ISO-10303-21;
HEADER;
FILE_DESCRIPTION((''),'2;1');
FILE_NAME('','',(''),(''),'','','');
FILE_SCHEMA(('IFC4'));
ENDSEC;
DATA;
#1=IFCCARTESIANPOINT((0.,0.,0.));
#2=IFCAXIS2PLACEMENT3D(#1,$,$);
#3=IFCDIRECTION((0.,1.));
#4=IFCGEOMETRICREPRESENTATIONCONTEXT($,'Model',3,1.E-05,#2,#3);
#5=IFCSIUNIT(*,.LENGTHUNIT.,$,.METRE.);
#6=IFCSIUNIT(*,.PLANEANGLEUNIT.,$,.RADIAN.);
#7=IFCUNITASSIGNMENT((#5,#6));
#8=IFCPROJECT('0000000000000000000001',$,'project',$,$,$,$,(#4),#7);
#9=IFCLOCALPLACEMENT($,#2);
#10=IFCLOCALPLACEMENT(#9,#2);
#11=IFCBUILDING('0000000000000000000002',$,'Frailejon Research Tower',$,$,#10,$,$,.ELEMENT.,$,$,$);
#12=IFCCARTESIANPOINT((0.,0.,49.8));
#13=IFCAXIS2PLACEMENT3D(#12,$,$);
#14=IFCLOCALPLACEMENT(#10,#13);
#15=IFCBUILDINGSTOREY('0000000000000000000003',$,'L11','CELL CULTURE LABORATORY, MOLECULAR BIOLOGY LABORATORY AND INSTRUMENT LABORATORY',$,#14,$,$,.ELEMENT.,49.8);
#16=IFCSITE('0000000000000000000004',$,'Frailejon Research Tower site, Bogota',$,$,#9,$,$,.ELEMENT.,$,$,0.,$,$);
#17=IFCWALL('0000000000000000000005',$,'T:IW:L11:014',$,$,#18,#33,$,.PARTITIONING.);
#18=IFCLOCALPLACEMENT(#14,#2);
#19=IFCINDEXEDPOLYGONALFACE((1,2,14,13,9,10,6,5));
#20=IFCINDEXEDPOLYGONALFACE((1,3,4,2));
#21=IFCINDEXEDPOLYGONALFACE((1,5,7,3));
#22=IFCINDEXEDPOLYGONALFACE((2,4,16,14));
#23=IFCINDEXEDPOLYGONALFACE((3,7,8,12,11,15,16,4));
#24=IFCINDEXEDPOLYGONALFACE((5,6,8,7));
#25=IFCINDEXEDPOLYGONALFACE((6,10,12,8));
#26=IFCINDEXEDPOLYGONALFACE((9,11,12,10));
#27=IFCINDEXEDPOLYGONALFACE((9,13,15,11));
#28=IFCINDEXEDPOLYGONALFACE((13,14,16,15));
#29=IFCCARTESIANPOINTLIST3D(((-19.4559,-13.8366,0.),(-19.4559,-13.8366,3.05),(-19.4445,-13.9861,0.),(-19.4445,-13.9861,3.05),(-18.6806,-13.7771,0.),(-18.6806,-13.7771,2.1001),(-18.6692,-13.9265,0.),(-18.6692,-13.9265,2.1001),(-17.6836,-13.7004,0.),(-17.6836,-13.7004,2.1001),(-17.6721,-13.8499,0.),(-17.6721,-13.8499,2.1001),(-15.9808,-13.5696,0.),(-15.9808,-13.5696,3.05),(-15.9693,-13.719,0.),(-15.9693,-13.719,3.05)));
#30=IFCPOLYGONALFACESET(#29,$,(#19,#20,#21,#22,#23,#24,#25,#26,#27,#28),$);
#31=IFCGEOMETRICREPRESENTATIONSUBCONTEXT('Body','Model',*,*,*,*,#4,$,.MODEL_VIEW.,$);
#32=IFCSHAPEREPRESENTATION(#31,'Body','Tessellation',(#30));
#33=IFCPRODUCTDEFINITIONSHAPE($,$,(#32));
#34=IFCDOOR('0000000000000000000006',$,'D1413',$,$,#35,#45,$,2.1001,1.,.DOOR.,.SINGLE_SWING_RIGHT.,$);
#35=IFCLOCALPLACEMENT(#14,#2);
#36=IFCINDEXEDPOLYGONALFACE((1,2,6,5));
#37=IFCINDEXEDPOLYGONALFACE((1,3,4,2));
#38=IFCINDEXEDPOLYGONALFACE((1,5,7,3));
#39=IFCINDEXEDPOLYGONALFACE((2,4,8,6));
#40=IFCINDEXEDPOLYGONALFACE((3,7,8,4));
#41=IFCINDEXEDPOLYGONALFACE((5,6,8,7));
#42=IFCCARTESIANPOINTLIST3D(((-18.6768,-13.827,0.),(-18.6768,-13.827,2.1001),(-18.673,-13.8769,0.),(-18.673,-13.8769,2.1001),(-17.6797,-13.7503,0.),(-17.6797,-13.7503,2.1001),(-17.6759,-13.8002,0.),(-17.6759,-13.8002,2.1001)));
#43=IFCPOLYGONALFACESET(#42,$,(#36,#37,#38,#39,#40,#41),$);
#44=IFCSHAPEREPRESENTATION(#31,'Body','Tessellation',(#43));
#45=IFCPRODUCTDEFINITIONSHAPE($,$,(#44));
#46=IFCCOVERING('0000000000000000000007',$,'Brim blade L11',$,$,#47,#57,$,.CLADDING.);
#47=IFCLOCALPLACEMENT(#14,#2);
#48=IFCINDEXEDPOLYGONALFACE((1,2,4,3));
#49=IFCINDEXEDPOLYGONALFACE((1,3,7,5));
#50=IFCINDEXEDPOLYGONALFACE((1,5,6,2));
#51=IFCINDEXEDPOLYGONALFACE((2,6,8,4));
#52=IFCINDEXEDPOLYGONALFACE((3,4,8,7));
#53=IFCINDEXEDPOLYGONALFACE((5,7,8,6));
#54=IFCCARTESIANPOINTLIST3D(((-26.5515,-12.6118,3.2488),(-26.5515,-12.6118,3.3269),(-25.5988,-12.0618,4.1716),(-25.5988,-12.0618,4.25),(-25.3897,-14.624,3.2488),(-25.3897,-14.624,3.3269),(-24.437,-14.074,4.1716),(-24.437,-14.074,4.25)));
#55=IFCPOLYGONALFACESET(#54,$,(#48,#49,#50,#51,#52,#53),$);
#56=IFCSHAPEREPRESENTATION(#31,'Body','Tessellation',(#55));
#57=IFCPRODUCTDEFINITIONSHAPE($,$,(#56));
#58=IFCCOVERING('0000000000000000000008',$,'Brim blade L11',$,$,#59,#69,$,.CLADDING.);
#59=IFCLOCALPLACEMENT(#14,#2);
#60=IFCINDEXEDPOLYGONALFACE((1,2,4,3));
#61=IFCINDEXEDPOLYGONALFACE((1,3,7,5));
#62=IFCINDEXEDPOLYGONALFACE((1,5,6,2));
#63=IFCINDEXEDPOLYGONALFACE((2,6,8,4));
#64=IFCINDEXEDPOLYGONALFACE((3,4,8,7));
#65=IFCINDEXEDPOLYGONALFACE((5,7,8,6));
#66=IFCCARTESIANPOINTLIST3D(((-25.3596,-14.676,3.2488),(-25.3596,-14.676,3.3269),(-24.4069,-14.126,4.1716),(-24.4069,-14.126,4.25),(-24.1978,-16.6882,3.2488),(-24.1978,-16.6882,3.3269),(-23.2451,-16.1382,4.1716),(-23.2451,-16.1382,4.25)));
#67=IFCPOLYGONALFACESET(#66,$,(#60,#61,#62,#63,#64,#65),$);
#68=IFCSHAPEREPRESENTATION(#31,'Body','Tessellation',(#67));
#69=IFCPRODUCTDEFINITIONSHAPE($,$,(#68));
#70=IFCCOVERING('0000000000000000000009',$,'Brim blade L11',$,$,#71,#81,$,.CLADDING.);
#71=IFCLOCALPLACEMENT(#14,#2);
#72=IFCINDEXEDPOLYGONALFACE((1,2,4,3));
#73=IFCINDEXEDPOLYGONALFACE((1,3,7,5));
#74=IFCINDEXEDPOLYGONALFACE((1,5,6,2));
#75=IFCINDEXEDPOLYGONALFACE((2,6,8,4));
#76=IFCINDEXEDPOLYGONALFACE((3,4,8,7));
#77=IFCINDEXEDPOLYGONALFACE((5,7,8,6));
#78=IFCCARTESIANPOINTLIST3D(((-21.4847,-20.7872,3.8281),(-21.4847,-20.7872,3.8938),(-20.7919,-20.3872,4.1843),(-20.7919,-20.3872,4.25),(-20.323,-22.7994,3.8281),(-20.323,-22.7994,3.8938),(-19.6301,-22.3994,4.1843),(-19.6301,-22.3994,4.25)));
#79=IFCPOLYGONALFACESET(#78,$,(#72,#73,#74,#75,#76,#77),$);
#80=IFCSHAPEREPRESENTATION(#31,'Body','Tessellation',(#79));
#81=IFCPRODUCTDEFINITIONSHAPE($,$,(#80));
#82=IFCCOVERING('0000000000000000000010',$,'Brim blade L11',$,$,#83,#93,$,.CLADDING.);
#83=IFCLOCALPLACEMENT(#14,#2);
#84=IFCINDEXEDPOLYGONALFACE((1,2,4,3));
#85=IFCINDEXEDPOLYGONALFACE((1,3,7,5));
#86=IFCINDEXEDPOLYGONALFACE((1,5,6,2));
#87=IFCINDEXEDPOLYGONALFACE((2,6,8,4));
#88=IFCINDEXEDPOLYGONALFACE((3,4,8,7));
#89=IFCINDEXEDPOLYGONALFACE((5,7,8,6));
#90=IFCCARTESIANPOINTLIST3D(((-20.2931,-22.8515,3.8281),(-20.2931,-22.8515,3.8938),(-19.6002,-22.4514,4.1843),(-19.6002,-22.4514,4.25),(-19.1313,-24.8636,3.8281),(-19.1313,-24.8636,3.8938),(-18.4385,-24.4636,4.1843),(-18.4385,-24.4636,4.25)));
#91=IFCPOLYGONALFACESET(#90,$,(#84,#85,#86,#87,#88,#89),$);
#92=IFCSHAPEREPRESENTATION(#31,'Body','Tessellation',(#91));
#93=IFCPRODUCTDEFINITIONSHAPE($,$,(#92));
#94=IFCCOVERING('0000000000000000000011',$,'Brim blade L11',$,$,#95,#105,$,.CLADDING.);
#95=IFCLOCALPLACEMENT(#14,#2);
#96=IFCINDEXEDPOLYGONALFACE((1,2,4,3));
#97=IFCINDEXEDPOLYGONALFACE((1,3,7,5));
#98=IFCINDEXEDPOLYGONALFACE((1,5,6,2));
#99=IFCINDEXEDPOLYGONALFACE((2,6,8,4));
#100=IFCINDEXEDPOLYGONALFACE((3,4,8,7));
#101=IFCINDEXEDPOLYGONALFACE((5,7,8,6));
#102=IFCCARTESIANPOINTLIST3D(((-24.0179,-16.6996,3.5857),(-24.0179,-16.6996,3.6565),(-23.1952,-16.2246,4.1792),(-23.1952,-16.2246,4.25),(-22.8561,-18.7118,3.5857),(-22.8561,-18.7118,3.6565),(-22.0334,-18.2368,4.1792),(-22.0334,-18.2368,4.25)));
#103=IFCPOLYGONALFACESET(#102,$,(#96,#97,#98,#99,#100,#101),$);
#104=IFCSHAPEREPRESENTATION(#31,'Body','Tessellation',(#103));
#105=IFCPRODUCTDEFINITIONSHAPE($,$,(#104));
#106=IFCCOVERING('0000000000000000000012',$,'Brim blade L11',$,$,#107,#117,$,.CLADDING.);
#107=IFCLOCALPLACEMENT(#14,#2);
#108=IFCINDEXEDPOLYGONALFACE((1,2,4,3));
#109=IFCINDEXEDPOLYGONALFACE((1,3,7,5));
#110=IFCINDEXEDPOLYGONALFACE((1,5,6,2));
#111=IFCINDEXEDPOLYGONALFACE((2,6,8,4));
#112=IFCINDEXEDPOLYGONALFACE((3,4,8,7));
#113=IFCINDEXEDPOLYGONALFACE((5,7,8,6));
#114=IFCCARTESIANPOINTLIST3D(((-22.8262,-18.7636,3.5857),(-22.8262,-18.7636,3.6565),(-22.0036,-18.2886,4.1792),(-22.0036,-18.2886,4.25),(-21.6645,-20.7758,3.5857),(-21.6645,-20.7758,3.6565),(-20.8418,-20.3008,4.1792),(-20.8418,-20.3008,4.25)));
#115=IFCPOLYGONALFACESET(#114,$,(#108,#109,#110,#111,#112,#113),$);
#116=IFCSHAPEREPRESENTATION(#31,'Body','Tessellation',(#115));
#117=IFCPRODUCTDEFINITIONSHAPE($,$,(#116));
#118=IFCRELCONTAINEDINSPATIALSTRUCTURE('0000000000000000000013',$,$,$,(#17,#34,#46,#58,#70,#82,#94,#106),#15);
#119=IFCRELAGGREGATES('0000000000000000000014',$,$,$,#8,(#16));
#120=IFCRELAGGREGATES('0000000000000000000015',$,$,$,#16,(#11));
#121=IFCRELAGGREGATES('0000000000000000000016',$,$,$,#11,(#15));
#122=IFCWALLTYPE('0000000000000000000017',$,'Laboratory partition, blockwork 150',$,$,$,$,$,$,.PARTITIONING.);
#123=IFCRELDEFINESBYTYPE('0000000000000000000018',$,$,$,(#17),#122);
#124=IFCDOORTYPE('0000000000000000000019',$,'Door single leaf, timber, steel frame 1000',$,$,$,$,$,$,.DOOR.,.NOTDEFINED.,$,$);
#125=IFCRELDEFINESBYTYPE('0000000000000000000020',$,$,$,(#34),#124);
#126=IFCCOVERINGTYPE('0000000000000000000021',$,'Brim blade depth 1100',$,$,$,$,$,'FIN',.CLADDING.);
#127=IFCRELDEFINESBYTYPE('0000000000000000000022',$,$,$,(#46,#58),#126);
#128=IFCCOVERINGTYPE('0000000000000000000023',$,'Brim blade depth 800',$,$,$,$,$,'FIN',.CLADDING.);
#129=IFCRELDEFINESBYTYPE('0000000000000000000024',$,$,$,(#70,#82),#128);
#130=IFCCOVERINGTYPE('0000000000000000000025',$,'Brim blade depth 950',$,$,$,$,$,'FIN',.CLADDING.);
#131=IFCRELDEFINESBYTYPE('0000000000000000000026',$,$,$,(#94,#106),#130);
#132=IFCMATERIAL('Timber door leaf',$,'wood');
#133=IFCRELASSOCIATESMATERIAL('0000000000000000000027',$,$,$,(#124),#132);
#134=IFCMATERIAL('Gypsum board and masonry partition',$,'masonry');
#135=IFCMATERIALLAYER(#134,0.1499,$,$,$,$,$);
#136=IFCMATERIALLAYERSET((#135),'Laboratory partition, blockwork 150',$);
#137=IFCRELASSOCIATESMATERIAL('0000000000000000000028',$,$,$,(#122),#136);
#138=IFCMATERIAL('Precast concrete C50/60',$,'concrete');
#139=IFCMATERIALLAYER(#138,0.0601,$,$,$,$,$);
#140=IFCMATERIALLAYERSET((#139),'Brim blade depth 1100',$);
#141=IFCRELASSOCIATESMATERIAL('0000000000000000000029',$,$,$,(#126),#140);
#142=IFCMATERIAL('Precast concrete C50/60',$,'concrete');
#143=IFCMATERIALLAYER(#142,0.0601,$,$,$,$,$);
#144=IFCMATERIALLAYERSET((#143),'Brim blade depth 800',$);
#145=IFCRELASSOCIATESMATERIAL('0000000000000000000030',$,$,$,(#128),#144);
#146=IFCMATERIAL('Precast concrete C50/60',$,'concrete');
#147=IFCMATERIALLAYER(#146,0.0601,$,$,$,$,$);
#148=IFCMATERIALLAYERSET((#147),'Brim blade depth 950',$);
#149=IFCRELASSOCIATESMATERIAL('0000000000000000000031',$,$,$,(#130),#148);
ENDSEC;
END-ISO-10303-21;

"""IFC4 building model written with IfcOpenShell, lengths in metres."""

from ifc_helpers import new_model, si_unit, direction, frame, frame_2d, origin, place, context, subcontext, project, spatial, polyline, rectangle, outline, extrude, material, layer, layer_set, type_object, element, fill, save


model = new_model("IFC4")

# Units and contexts
model_context = context("Model", 3, precision=1e-05, world=origin(), true_north=direction((0.0, 1.0)))
body_context = subcontext(model_context, "Body", "Model", "MODEL_VIEW")
ifc_project = project(units=[si_unit("LENGTHUNIT", "METRE"), si_unit("PLANEANGLEUNIT", "RADIAN")], contexts=[model_context])

# Site, building, storey
site_placement = place(None, origin())
site = spatial("IfcSite", under=ifc_project, at=site_placement, Name="Frailejon Research Tower site, Bogota", CompositionType="ELEMENT", RefElevation=0.0)
building_placement = place(site_placement, origin())
building = spatial("IfcBuilding", under=site, at=building_placement, Name="Frailejon Research Tower", CompositionType="ELEMENT")
storey_placement = place(building_placement, frame((0.0, 0.0, 49.8)))
storey = spatial("IfcBuildingStorey", under=building, at=storey_placement, Name="L11", Description="CELL CULTURE LABORATORY, MOLECULAR BIOLOGY LABORATORY AND INSTRUMENT LABORATORY", CompositionType="ELEMENT", Elevation=49.8)

# Shared definitions
ifc_material_1 = material(Name="Timber door leaf", Category="wood")
door_type_1 = type_object("IfcDoorType", Name="Door single leaf, timber, steel frame 1000", OperationType="NOTDEFINED", PredefinedType="DOOR", material=ifc_material_1)

# Wall, opening, door
ifc_material_2 = material(Name="Gypsum board and masonry partition", Category="masonry")
ifc_layer_1 = layer(ifc_material_2, 0.1499)
ifc_layer_set_1 = layer_set([ifc_layer_1], Name="Laboratory partition, blockwork 150")
wall_type_1 = type_object("IfcWallType", Name="Laboratory partition, blockwork 150", PredefinedType="PARTITIONING", material=ifc_layer_set_1)
wall_1_placement = place(storey_placement, frame((-19.4502, -13.9114, 0.0), z_axis=(0.0, 0.0, 1.0), x_axis=(0.997059, 0.076632, 0.0)))
wall_1 = element("IfcWall", 1, at=wall_1_placement, inside=storey, type_object=wall_type_1, Name="T:IW:L11:014", PredefinedType="PARTITIONING", context=body_context, shape_type="SweptSolid", body=[
    extrude(rectangle(XDim=3.4854, YDim=0.1499, at=frame_2d((1.7427, 0.0))), origin(), (0.0, 0.0, 1.0), 3.05),
])
opening_1_placement = place(wall_1_placement, frame((0.7776, 0.0, 0.0)))
opening_1 = element("IfcOpeningElement", 2, at=opening_1_placement, cuts=wall_1, PredefinedType="OPENING", context=body_context, shape_type="SweptSolid", body=[
    extrude(rectangle(XDim=1.0, YDim=2.1001, at=frame_2d((0.5, 1.05))), frame((0.0, 0.085, 0.0), z_axis=(0.0, -1.0, 0.0), x_axis=(1.0, 0.0, 0.0)), (0.0, 0.0, 1.0), 0.1699),
])
door_1_placement = place(opening_1_placement, origin())
door_1 = element("IfcDoor", 3, at=door_1_placement, inside=storey, type_object=door_type_1, Name="D1413", OperationType="SINGLE_SWING_RIGHT", OverallHeight=2.1001, OverallWidth=1.0, PredefinedType="DOOR", context=body_context, shape_type="SweptSolid", body=[
    extrude(rectangle(XDim=1.0, YDim=2.1001, at=frame_2d((0.5, 1.05))), frame((0.0, 0.0249, 0.0), z_axis=(0.0, -1.0, 0.0), x_axis=(1.0, 0.0, 0.0)), (0.0, 0.0, 1.0), 0.05),
])
fill(opening_1, door_1)

# Coverings
ifc_material_3 = material(Name="Precast concrete C50/60", Category="concrete")
ifc_layer_2 = layer(ifc_material_3, 0.0601)
ifc_layer_set_2 = layer_set([ifc_layer_2], Name="Brim blade depth 1100")
covering_type_1 = type_object("IfcCoveringType", Name="Brim blade depth 1100", ElementType="FIN", PredefinedType="CLADDING", material=ifc_layer_set_2)
for number, where, z_axis, x_axis, name in (
    (4, (-24.437, -14.074, 4.25), (-0.500001, 0.866025, 0.0), (-0.866025, -0.500001, 0.0), "Brim blade L11"),
    (5, (-23.2451, -16.1382, 4.25), (-0.500001, 0.866025, 0.0), (-0.866025, -0.500001, 0.0), "Brim blade L11"),
):
    element("IfcCovering", number, at=place(storey_placement, frame(where, z_axis=z_axis, x_axis=x_axis)), inside=storey, type_object=covering_type_1, Name=name, PredefinedType="CLADDING", context=body_context, shape_type="SweptSolid", body=[
        extrude(outline(polyline([(0.0, -0.0784), (1.1001, -1.0012), (1.1001, -0.9231), (0.0, 0.0), (0.0, -0.0784)])), origin(), (0.0, 0.0, 1.0), 2.3235),
    ])
ifc_material_4 = material(Name="Precast concrete C50/60", Category="concrete")
ifc_layer_3 = layer(ifc_material_4, 0.0601)
ifc_layer_set_3 = layer_set([ifc_layer_3], Name="Brim blade depth 800")
covering_type_2 = type_object("IfcCoveringType", Name="Brim blade depth 800", ElementType="FIN", PredefinedType="CLADDING", material=ifc_layer_set_3)
for number, where, z_axis, x_axis, name in (
    (6, (-19.6301, -22.3994, 4.25), (-0.500001, 0.866025, 0.0), (-0.866025, -0.500001, 0.0), "Brim blade L11"),
    (7, (-18.4385, -24.4636, 4.25), (-0.500001, 0.866025, 0.0), (-0.866025, -0.500001, 0.0), "Brim blade L11"),
):
    element("IfcCovering", number, at=place(storey_placement, frame(where, z_axis=z_axis, x_axis=x_axis)), inside=storey, type_object=covering_type_2, Name=name, PredefinedType="CLADDING", context=body_context, shape_type="SweptSolid", body=[
        extrude(outline(polyline([(0.0, -0.0657), (0.8, -0.4219), (0.8, -0.3562), (0.0, 0.0), (0.0, -0.0657)])), origin(), (0.0, 0.0, 1.0), 2.3235),
    ])
ifc_material_5 = material(Name="Precast concrete C50/60", Category="concrete")
ifc_layer_4 = layer(ifc_material_5, 0.0601)
ifc_layer_set_4 = layer_set([ifc_layer_4], Name="Brim blade depth 950")
covering_type_3 = type_object("IfcCoveringType", Name="Brim blade depth 950", ElementType="FIN", PredefinedType="CLADDING", material=ifc_layer_set_4)
for number, where, z_axis, x_axis, name in (
    (8, (-22.0334, -18.2368, 4.25), (-0.50001, 0.86602, 0.0), (-0.86602, -0.50001, 0.0), "Brim blade L11"),
    (9, (-20.8418, -20.3008, 4.25), (-0.50001, 0.86602, 0.0), (-0.86602, -0.50001, 0.0), "Brim blade L11"),
):
    element("IfcCovering", number, at=place(storey_placement, frame(where, z_axis=z_axis, x_axis=x_axis)), inside=storey, type_object=covering_type_3, Name=name, PredefinedType="CLADDING", context=body_context, shape_type="SweptSolid", body=[
        extrude(outline(polyline([(0.0, -0.0708), (0.95, -0.6643), (0.95, -0.5935), (0.0, 0.0), (0.0, -0.0708)])), origin(), (0.0, 0.0, 1.0), 2.3235),
    ])

save(model, "model.ifc")
